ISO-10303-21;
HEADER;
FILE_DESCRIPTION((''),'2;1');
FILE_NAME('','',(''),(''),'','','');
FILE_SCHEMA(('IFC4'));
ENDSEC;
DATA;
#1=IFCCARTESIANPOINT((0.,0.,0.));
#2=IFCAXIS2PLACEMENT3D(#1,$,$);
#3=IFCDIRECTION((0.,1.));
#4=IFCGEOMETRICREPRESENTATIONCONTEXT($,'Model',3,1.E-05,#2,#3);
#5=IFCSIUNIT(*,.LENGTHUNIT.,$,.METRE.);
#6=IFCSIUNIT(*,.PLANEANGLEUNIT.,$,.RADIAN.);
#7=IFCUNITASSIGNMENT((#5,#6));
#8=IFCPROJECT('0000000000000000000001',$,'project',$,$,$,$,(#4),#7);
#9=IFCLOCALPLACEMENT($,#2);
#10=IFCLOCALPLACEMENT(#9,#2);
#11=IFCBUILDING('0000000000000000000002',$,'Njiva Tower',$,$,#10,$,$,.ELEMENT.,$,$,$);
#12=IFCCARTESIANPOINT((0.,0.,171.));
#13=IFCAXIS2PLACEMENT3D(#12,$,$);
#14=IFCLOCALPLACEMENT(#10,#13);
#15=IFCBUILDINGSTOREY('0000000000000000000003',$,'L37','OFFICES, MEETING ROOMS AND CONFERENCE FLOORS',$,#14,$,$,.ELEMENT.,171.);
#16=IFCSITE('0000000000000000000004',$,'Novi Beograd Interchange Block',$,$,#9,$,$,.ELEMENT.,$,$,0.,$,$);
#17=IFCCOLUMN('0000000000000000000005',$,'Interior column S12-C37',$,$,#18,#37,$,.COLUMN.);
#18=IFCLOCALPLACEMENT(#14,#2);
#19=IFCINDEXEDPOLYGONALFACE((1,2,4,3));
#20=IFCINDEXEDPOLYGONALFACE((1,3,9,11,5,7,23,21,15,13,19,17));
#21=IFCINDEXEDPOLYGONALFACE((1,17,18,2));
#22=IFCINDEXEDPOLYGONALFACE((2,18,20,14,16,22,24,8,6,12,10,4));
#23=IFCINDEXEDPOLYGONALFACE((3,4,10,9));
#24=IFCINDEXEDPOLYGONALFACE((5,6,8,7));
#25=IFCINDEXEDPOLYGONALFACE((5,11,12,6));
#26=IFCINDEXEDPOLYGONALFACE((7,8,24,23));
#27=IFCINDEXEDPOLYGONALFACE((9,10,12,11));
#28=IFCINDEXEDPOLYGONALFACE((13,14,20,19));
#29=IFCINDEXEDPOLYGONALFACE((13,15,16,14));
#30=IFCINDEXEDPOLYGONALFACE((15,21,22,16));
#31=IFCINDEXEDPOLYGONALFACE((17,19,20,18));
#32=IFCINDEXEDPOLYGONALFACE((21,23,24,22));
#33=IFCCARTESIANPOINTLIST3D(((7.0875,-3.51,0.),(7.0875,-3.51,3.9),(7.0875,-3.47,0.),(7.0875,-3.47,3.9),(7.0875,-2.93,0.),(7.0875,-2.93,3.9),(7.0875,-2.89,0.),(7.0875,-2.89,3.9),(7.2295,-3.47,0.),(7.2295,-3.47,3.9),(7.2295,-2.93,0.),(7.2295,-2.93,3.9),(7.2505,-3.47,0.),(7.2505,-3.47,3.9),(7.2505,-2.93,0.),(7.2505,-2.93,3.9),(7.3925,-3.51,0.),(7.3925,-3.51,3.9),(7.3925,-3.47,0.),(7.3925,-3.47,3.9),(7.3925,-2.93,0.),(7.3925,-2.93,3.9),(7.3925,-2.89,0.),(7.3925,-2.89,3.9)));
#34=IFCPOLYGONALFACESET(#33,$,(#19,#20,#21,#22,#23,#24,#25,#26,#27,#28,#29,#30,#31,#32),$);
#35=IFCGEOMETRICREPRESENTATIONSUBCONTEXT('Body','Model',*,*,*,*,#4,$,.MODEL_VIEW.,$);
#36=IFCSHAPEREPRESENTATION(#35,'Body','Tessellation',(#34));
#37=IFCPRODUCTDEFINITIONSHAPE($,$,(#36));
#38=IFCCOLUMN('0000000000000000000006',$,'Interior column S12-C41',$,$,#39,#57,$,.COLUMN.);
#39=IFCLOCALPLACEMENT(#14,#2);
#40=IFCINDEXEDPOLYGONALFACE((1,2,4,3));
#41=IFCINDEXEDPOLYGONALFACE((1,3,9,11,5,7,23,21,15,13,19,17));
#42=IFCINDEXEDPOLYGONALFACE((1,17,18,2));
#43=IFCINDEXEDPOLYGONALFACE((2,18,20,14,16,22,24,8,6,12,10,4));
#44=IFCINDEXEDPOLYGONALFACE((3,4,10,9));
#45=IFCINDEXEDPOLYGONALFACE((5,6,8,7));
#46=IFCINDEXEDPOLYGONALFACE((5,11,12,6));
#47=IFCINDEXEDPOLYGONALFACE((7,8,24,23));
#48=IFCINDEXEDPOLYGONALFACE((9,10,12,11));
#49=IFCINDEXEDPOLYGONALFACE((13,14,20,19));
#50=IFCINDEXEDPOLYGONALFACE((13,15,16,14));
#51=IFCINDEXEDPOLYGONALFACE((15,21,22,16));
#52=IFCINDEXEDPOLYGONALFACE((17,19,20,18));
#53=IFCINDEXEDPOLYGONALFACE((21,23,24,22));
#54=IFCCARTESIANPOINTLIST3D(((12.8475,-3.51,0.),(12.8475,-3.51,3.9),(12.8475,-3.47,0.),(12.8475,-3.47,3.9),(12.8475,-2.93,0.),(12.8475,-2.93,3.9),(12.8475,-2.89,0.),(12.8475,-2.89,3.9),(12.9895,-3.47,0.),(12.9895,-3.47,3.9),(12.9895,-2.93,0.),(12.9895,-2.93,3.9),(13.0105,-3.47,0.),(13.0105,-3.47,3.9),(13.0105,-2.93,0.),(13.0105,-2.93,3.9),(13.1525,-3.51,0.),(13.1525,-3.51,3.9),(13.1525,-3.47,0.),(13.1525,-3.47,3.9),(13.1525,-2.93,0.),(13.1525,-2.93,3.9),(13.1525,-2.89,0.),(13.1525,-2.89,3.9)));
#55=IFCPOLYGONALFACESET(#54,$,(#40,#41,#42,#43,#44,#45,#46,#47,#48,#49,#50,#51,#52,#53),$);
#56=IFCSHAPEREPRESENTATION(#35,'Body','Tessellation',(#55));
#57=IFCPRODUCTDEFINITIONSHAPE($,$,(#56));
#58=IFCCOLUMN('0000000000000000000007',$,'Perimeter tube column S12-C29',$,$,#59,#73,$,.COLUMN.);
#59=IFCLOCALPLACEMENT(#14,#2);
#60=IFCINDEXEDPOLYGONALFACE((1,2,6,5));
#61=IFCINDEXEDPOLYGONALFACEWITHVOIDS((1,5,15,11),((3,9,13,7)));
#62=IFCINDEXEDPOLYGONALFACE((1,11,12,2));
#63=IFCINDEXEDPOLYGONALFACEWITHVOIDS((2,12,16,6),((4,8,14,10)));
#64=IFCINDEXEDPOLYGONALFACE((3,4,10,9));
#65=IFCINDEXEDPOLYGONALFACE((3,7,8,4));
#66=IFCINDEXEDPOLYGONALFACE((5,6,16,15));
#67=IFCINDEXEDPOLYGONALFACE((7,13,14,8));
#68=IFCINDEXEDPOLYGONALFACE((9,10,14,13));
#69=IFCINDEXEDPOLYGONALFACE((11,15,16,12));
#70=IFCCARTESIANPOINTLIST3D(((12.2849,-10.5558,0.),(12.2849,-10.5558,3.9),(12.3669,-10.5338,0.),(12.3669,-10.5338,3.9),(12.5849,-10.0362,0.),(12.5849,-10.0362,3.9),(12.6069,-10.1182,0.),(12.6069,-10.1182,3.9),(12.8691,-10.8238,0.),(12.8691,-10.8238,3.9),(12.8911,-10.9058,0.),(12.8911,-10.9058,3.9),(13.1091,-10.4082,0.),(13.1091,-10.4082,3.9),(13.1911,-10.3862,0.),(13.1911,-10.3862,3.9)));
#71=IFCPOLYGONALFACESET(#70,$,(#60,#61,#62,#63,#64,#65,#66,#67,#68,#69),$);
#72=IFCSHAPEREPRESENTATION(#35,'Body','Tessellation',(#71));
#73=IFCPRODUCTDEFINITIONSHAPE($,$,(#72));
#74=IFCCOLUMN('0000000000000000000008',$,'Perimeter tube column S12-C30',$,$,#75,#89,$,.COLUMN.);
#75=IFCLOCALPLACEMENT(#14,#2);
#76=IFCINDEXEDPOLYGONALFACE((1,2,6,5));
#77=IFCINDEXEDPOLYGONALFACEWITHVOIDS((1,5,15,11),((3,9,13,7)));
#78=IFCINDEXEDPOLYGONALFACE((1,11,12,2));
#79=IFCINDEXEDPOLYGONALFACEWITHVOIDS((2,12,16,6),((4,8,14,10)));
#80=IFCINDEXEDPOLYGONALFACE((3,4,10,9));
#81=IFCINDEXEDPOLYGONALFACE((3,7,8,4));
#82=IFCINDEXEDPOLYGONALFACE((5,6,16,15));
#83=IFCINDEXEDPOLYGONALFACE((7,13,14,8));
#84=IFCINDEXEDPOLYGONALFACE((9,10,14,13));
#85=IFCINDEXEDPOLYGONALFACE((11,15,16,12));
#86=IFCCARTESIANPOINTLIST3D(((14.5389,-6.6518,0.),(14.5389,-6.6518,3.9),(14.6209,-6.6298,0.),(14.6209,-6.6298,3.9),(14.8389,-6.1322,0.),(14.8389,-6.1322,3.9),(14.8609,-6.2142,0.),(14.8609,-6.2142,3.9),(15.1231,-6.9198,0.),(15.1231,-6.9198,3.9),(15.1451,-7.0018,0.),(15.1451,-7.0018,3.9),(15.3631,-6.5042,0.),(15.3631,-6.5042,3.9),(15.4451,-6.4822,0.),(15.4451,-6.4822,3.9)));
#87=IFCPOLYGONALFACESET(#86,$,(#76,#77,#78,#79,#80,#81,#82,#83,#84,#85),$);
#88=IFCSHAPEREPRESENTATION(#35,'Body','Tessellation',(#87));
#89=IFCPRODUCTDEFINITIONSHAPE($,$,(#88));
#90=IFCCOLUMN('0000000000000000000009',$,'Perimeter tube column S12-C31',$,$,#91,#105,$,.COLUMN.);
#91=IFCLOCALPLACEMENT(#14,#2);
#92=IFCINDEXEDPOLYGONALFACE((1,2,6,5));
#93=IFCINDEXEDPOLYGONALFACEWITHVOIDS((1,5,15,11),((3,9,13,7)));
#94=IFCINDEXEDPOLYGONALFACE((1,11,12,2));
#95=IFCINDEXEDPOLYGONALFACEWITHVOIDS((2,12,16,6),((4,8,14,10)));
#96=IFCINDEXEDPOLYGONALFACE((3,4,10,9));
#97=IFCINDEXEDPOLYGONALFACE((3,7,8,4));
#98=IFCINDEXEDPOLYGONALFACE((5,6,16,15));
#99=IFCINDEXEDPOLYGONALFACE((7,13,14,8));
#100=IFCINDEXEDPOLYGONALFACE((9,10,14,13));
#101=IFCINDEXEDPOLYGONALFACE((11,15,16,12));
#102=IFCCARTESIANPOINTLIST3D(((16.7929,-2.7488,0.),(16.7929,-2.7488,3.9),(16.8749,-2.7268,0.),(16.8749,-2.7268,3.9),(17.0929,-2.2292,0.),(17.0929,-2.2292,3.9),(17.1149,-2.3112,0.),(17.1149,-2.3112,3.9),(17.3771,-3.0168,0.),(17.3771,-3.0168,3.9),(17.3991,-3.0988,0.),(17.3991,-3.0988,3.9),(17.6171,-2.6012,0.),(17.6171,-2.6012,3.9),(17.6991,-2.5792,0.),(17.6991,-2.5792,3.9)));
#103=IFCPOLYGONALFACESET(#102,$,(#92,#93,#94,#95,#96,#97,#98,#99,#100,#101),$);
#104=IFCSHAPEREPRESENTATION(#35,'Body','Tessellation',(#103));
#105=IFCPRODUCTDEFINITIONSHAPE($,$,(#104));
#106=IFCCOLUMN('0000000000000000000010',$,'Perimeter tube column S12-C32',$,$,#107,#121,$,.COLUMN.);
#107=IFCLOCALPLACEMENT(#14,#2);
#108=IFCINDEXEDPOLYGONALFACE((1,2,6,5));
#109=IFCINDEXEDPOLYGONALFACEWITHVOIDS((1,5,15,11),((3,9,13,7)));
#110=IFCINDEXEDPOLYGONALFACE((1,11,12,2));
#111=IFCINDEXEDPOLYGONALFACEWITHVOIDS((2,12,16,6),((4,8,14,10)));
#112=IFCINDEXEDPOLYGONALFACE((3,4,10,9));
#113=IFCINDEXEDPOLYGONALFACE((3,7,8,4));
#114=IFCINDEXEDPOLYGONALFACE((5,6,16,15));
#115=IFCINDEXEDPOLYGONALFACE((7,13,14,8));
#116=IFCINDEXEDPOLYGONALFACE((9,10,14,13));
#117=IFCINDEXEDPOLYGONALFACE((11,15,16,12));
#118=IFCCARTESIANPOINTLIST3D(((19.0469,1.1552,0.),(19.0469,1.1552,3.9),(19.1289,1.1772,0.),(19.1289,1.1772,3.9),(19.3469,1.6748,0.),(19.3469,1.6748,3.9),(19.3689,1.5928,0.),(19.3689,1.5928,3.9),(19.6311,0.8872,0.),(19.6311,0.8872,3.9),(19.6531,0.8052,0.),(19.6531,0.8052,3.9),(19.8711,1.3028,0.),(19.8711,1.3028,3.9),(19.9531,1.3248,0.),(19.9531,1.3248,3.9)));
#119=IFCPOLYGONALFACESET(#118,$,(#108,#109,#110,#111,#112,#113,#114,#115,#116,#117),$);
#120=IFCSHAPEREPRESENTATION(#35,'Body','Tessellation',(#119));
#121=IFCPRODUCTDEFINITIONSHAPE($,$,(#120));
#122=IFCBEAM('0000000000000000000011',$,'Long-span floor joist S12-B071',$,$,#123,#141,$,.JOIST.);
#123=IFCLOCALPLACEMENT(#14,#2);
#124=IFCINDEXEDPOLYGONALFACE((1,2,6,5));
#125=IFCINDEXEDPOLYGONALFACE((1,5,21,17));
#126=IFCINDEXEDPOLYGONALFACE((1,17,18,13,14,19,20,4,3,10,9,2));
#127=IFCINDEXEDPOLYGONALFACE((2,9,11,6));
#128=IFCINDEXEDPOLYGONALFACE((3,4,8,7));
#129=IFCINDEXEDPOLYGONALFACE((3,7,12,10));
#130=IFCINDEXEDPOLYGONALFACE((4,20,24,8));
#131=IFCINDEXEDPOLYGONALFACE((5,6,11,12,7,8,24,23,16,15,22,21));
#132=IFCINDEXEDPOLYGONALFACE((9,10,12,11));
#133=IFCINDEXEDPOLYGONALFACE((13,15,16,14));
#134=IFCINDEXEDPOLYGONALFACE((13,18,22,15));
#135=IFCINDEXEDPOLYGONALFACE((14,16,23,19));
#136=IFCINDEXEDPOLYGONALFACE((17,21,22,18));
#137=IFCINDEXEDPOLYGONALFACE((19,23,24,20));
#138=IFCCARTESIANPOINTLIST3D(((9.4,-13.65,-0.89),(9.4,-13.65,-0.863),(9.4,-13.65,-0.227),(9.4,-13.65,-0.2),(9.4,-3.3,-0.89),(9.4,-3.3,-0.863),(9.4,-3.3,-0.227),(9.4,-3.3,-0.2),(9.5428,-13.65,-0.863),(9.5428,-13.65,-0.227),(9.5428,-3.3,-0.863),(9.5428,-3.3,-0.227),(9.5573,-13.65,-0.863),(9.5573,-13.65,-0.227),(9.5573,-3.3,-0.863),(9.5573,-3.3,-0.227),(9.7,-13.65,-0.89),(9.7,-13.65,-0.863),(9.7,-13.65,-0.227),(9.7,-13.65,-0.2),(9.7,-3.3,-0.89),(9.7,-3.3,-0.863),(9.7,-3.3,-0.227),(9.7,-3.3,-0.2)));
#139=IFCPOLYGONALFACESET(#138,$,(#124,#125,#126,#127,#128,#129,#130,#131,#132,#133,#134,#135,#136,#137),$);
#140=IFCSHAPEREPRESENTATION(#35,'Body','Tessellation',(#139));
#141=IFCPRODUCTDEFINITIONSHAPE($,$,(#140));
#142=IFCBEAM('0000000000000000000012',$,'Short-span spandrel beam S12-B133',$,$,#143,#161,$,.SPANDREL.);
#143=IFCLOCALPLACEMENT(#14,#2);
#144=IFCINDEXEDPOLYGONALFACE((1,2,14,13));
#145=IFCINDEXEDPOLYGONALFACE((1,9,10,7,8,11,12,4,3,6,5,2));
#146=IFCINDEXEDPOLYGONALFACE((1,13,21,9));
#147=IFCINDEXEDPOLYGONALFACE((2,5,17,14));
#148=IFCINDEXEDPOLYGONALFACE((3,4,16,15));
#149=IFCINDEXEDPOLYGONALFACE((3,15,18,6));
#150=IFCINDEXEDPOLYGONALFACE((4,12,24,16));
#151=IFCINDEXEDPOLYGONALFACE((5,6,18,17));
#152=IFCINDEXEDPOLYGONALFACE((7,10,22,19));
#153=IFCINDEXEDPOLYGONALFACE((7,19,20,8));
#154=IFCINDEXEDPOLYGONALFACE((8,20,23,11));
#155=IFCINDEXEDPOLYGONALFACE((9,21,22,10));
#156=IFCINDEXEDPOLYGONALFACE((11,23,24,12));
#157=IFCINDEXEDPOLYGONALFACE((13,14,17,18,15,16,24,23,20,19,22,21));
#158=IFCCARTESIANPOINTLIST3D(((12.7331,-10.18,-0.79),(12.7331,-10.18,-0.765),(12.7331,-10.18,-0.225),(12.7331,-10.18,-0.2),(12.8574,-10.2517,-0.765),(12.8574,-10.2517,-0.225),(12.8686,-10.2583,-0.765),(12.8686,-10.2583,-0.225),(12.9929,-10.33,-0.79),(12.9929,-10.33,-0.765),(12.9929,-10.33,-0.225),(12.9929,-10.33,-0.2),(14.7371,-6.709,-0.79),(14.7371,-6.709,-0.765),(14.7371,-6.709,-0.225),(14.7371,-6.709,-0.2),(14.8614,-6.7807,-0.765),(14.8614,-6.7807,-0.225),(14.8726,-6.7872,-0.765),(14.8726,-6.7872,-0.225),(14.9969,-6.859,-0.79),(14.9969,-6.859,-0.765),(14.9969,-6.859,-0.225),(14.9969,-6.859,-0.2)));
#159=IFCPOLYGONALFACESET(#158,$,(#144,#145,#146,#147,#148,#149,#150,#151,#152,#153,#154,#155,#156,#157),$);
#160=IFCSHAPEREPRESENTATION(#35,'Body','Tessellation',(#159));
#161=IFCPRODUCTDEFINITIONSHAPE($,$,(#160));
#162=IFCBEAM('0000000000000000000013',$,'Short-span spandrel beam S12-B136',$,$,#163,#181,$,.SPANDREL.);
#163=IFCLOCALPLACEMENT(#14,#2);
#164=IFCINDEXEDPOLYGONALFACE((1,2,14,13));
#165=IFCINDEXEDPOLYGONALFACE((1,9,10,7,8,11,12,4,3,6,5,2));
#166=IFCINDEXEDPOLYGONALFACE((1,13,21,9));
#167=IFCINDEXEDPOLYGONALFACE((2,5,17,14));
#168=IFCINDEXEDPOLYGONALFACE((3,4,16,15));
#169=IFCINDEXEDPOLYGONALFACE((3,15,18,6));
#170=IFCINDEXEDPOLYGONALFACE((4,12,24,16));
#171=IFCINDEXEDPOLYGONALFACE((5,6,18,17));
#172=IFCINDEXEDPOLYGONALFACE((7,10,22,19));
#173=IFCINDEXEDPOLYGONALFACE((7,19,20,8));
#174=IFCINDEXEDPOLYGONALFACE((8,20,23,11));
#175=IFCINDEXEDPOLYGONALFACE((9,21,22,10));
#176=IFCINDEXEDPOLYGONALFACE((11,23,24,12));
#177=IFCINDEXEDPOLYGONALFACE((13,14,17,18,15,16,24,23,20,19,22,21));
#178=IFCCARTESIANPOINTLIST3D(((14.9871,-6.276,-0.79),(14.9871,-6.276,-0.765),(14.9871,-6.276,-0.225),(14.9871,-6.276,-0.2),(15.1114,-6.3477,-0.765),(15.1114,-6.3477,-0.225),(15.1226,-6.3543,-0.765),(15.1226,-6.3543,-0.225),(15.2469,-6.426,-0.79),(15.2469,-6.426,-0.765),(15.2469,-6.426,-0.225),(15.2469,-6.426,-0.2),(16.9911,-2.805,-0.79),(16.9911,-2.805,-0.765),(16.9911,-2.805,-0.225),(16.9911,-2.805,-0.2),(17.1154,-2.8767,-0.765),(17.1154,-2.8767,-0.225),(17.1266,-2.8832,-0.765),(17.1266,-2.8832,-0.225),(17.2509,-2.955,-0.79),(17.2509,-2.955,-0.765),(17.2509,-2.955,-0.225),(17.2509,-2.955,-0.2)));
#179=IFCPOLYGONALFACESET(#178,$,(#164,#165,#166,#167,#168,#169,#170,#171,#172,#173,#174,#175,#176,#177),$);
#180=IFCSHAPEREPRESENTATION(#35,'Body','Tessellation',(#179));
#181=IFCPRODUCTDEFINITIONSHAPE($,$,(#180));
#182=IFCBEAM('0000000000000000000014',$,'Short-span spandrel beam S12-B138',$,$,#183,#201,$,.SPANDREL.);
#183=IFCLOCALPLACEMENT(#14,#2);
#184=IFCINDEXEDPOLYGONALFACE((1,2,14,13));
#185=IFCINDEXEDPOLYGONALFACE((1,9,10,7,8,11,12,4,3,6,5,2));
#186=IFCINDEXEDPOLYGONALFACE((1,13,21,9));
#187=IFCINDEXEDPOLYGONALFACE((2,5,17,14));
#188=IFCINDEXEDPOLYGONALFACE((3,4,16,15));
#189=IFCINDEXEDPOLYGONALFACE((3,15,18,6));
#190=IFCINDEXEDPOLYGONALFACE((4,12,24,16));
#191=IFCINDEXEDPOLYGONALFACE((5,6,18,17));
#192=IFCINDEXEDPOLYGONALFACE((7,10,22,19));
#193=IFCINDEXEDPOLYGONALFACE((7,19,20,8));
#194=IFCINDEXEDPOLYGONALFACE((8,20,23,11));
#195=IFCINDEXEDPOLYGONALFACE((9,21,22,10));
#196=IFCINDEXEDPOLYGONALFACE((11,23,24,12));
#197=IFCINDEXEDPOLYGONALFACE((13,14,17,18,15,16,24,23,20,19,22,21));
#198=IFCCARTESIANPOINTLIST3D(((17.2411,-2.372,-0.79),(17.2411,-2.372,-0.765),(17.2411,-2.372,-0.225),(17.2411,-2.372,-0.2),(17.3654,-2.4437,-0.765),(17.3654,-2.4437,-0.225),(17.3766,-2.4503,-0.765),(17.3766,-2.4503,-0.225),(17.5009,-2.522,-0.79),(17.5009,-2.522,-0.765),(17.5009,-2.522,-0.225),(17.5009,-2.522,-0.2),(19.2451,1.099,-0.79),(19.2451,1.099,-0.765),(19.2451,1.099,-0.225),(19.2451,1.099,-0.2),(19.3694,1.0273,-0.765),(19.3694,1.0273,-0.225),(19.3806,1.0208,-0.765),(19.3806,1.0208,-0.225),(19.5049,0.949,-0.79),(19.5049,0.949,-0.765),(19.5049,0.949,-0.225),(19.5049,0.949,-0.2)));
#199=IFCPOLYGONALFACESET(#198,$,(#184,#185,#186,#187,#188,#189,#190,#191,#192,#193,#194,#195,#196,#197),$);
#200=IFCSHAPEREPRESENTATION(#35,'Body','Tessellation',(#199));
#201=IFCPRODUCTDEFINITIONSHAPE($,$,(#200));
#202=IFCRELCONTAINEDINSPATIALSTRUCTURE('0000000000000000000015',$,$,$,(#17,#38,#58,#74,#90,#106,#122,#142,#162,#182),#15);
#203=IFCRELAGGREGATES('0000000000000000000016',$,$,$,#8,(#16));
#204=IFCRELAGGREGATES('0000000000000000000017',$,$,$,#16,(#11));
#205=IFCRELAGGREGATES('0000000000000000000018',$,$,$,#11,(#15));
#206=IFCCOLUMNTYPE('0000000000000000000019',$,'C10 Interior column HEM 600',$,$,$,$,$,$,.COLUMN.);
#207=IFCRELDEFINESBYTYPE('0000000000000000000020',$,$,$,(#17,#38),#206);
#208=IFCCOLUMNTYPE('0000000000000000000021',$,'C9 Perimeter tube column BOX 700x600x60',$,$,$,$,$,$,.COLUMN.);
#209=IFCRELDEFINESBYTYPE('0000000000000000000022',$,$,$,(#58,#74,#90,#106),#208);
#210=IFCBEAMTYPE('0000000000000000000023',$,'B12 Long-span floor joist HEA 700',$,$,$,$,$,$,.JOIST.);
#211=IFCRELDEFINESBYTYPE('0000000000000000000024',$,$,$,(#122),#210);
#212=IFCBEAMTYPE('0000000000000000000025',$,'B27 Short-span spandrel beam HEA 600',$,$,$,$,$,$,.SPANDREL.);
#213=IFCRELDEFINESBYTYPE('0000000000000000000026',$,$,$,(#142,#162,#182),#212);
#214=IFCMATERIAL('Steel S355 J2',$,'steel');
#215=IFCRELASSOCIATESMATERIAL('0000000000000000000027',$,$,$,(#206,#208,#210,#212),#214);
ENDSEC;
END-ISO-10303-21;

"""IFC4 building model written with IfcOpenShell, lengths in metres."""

from ifc_helpers import new_model, si_unit, direction, frame, origin, origin_2d, place, context, subcontext, project, spatial, hollow_rectangle, i_section, extrude, material, material_profile, profile_set, type_object, element, save


model = new_model("IFC4")

# Units and contexts
model_context = context("Model", 3, precision=1e-05, world=origin(), true_north=direction((0.0, 1.0)))
body_context = subcontext(model_context, "Body", "Model", "MODEL_VIEW")
ifc_project = project(units=[si_unit("LENGTHUNIT", "METRE"), si_unit("PLANEANGLEUNIT", "RADIAN")], contexts=[model_context])

# Site, building, storey
site_placement = place(None, origin())
site = spatial("IfcSite", under=ifc_project, at=site_placement, Name="Novi Beograd Interchange Block", CompositionType="ELEMENT", RefElevation=0.0)
building_placement = place(site_placement, origin())
building = spatial("IfcBuilding", under=site, at=building_placement, Name="Njiva Tower", CompositionType="ELEMENT")
storey_placement = place(building_placement, frame((0.0, 0.0, 171.0)))
storey = spatial("IfcBuildingStorey", under=building, at=storey_placement, Name="L37", Description="OFFICES, MEETING ROOMS AND CONFERENCE FLOORS", CompositionType="ELEMENT", Elevation=171.0)

# Columns
ifc_material_1 = material(Name="Steel S355 J2", Category="steel")
ifc_material_profile_1 = material_profile(ifc_material_1, i_section(OverallWidth=0.305, OverallDepth=0.62, WebThickness=0.021, FlangeThickness=0.04, at=origin_2d()), Name="HEM 600")
ifc_profile_set_1 = profile_set([ifc_material_profile_1], Name="Steel S355 J2")
column_type_1 = type_object("IfcColumnType", Name="C10 Interior column HEM 600", PredefinedType="COLUMN", material=ifc_profile_set_1)
for number, where, z_axis, x_axis, name in (
    (1, (7.24, -3.2, 0.0), (0.0, 0.0, 1.0), (1.0, 0.0, 0.0), "Interior column S12-C37"),
    (2, (13.0, -3.2, 0.0), (0.0, 0.0, 1.0), (1.0, 0.0, 0.0), "Interior column S12-C41"),
):
    element("IfcColumn", number, at=place(storey_placement, frame(where, z_axis=z_axis, x_axis=x_axis)), inside=storey, type_object=column_type_1, Name=name, PredefinedType="COLUMN", context=body_context, shape_type="SweptSolid", body=[
        extrude(i_section(OverallWidth=0.305, OverallDepth=0.62, WebThickness=0.021, FlangeThickness=0.04, at=origin_2d()), origin(), (0.0, 0.0, 1.0), 3.9),
    ])
ifc_material_profile_2 = material_profile(ifc_material_1, hollow_rectangle(XDim=0.6, YDim=0.7, WallThickness=0.06, at=origin_2d()), Name="BOX 700x600x60")
ifc_profile_set_2 = profile_set([ifc_material_profile_2], Name="Steel S355 J2")
column_type_2 = type_object("IfcColumnType", Name="C9 Perimeter tube column BOX 700x600x60", PredefinedType="COLUMN", material=ifc_profile_set_2)
for number, where, z_axis, x_axis, name in (
    (3, (12.738, -10.471, 0.0), (0.0, 0.0, 1.0), (0.5, 0.866025, 0.0), "Perimeter tube column S12-C29"),
    (4, (14.992, -6.567, 0.0), (0.0, 0.0, 1.0), (0.5, 0.866025, 0.0), "Perimeter tube column S12-C30"),
    (5, (17.246, -2.664, 0.0), (0.0, 0.0, 1.0), (0.5, 0.866025, 0.0), "Perimeter tube column S12-C31"),
    (6, (19.5, 1.24, 0.0), (0.0, 0.0, 1.0), (0.5, 0.866025, 0.0), "Perimeter tube column S12-C32"),
):
    element("IfcColumn", number, at=place(storey_placement, frame(where, z_axis=z_axis, x_axis=x_axis)), inside=storey, type_object=column_type_2, Name=name, PredefinedType="COLUMN", context=body_context, shape_type="SweptSolid", body=[
        extrude(hollow_rectangle(XDim=0.6, YDim=0.7, WallThickness=0.06, at=origin_2d()), origin(), (0.0, 0.0, 1.0), 3.9),
    ])

# Beams
ifc_material_profile_3 = material_profile(ifc_material_1, i_section(OverallWidth=0.3, OverallDepth=0.69, WebThickness=0.0145, FlangeThickness=0.027, at=origin_2d()), Name="HEA 700")
ifc_profile_set_3 = profile_set([ifc_material_profile_3], Name="Steel S355 J2")
beam_type_1 = type_object("IfcBeamType", Name="B12 Long-span floor joist HEA 700", PredefinedType="JOIST", material=ifc_profile_set_3)
beam_1_placement = place(storey_placement, frame((9.55, -3.3, -0.545), z_axis=(0.0, -1.0, 0.0), x_axis=(1.0, 0.0, 0.0)))
element("IfcBeam", 7, at=beam_1_placement, inside=storey, type_object=beam_type_1, Name="Long-span floor joist S12-B071", PredefinedType="JOIST", context=body_context, shape_type="SweptSolid", body=[
    extrude(i_section(OverallWidth=0.3, OverallDepth=0.69, WebThickness=0.0145, FlangeThickness=0.027, at=origin_2d()), origin(), (0.0, 0.0, 1.0), 10.35),
])
ifc_material_profile_4 = material_profile(ifc_material_1, i_section(OverallWidth=0.3, OverallDepth=0.59, WebThickness=0.013, FlangeThickness=0.025, at=origin_2d()), Name="HEA 600")
ifc_profile_set_4 = profile_set([ifc_material_profile_4], Name="Steel S355 J2")
beam_type_2 = type_object("IfcBeamType", Name="B27 Short-span spandrel beam HEA 600", PredefinedType="SPANDREL", material=ifc_profile_set_4)
for number, where, z_axis, x_axis, name in (
    (8, (12.863, -10.255, -0.495), (0.500003, 0.866024, 0.0), (-0.866024, 0.500003, 0.0), "Short-span spandrel beam S12-B133"),
    (9, (15.117, -6.351, -0.495), (0.500003, 0.866024, 0.0), (-0.866024, 0.500003, 0.0), "Short-span spandrel beam S12-B136"),
    (10, (17.371, -2.447, -0.495), (0.500003, 0.866024, 0.0), (-0.866024, 0.500003, 0.0), "Short-span spandrel beam S12-B138"),
):
    element("IfcBeam", number, at=place(storey_placement, frame(where, z_axis=z_axis, x_axis=x_axis)), inside=storey, type_object=beam_type_2, Name=name, PredefinedType="SPANDREL", context=body_context, shape_type="SweptSolid", body=[
        extrude(i_section(OverallWidth=0.3, OverallDepth=0.59, WebThickness=0.013, FlangeThickness=0.025, at=origin_2d()), origin(), (0.0, 0.0, 1.0), 4.008),
    ])

save(model, "model.ifc")
